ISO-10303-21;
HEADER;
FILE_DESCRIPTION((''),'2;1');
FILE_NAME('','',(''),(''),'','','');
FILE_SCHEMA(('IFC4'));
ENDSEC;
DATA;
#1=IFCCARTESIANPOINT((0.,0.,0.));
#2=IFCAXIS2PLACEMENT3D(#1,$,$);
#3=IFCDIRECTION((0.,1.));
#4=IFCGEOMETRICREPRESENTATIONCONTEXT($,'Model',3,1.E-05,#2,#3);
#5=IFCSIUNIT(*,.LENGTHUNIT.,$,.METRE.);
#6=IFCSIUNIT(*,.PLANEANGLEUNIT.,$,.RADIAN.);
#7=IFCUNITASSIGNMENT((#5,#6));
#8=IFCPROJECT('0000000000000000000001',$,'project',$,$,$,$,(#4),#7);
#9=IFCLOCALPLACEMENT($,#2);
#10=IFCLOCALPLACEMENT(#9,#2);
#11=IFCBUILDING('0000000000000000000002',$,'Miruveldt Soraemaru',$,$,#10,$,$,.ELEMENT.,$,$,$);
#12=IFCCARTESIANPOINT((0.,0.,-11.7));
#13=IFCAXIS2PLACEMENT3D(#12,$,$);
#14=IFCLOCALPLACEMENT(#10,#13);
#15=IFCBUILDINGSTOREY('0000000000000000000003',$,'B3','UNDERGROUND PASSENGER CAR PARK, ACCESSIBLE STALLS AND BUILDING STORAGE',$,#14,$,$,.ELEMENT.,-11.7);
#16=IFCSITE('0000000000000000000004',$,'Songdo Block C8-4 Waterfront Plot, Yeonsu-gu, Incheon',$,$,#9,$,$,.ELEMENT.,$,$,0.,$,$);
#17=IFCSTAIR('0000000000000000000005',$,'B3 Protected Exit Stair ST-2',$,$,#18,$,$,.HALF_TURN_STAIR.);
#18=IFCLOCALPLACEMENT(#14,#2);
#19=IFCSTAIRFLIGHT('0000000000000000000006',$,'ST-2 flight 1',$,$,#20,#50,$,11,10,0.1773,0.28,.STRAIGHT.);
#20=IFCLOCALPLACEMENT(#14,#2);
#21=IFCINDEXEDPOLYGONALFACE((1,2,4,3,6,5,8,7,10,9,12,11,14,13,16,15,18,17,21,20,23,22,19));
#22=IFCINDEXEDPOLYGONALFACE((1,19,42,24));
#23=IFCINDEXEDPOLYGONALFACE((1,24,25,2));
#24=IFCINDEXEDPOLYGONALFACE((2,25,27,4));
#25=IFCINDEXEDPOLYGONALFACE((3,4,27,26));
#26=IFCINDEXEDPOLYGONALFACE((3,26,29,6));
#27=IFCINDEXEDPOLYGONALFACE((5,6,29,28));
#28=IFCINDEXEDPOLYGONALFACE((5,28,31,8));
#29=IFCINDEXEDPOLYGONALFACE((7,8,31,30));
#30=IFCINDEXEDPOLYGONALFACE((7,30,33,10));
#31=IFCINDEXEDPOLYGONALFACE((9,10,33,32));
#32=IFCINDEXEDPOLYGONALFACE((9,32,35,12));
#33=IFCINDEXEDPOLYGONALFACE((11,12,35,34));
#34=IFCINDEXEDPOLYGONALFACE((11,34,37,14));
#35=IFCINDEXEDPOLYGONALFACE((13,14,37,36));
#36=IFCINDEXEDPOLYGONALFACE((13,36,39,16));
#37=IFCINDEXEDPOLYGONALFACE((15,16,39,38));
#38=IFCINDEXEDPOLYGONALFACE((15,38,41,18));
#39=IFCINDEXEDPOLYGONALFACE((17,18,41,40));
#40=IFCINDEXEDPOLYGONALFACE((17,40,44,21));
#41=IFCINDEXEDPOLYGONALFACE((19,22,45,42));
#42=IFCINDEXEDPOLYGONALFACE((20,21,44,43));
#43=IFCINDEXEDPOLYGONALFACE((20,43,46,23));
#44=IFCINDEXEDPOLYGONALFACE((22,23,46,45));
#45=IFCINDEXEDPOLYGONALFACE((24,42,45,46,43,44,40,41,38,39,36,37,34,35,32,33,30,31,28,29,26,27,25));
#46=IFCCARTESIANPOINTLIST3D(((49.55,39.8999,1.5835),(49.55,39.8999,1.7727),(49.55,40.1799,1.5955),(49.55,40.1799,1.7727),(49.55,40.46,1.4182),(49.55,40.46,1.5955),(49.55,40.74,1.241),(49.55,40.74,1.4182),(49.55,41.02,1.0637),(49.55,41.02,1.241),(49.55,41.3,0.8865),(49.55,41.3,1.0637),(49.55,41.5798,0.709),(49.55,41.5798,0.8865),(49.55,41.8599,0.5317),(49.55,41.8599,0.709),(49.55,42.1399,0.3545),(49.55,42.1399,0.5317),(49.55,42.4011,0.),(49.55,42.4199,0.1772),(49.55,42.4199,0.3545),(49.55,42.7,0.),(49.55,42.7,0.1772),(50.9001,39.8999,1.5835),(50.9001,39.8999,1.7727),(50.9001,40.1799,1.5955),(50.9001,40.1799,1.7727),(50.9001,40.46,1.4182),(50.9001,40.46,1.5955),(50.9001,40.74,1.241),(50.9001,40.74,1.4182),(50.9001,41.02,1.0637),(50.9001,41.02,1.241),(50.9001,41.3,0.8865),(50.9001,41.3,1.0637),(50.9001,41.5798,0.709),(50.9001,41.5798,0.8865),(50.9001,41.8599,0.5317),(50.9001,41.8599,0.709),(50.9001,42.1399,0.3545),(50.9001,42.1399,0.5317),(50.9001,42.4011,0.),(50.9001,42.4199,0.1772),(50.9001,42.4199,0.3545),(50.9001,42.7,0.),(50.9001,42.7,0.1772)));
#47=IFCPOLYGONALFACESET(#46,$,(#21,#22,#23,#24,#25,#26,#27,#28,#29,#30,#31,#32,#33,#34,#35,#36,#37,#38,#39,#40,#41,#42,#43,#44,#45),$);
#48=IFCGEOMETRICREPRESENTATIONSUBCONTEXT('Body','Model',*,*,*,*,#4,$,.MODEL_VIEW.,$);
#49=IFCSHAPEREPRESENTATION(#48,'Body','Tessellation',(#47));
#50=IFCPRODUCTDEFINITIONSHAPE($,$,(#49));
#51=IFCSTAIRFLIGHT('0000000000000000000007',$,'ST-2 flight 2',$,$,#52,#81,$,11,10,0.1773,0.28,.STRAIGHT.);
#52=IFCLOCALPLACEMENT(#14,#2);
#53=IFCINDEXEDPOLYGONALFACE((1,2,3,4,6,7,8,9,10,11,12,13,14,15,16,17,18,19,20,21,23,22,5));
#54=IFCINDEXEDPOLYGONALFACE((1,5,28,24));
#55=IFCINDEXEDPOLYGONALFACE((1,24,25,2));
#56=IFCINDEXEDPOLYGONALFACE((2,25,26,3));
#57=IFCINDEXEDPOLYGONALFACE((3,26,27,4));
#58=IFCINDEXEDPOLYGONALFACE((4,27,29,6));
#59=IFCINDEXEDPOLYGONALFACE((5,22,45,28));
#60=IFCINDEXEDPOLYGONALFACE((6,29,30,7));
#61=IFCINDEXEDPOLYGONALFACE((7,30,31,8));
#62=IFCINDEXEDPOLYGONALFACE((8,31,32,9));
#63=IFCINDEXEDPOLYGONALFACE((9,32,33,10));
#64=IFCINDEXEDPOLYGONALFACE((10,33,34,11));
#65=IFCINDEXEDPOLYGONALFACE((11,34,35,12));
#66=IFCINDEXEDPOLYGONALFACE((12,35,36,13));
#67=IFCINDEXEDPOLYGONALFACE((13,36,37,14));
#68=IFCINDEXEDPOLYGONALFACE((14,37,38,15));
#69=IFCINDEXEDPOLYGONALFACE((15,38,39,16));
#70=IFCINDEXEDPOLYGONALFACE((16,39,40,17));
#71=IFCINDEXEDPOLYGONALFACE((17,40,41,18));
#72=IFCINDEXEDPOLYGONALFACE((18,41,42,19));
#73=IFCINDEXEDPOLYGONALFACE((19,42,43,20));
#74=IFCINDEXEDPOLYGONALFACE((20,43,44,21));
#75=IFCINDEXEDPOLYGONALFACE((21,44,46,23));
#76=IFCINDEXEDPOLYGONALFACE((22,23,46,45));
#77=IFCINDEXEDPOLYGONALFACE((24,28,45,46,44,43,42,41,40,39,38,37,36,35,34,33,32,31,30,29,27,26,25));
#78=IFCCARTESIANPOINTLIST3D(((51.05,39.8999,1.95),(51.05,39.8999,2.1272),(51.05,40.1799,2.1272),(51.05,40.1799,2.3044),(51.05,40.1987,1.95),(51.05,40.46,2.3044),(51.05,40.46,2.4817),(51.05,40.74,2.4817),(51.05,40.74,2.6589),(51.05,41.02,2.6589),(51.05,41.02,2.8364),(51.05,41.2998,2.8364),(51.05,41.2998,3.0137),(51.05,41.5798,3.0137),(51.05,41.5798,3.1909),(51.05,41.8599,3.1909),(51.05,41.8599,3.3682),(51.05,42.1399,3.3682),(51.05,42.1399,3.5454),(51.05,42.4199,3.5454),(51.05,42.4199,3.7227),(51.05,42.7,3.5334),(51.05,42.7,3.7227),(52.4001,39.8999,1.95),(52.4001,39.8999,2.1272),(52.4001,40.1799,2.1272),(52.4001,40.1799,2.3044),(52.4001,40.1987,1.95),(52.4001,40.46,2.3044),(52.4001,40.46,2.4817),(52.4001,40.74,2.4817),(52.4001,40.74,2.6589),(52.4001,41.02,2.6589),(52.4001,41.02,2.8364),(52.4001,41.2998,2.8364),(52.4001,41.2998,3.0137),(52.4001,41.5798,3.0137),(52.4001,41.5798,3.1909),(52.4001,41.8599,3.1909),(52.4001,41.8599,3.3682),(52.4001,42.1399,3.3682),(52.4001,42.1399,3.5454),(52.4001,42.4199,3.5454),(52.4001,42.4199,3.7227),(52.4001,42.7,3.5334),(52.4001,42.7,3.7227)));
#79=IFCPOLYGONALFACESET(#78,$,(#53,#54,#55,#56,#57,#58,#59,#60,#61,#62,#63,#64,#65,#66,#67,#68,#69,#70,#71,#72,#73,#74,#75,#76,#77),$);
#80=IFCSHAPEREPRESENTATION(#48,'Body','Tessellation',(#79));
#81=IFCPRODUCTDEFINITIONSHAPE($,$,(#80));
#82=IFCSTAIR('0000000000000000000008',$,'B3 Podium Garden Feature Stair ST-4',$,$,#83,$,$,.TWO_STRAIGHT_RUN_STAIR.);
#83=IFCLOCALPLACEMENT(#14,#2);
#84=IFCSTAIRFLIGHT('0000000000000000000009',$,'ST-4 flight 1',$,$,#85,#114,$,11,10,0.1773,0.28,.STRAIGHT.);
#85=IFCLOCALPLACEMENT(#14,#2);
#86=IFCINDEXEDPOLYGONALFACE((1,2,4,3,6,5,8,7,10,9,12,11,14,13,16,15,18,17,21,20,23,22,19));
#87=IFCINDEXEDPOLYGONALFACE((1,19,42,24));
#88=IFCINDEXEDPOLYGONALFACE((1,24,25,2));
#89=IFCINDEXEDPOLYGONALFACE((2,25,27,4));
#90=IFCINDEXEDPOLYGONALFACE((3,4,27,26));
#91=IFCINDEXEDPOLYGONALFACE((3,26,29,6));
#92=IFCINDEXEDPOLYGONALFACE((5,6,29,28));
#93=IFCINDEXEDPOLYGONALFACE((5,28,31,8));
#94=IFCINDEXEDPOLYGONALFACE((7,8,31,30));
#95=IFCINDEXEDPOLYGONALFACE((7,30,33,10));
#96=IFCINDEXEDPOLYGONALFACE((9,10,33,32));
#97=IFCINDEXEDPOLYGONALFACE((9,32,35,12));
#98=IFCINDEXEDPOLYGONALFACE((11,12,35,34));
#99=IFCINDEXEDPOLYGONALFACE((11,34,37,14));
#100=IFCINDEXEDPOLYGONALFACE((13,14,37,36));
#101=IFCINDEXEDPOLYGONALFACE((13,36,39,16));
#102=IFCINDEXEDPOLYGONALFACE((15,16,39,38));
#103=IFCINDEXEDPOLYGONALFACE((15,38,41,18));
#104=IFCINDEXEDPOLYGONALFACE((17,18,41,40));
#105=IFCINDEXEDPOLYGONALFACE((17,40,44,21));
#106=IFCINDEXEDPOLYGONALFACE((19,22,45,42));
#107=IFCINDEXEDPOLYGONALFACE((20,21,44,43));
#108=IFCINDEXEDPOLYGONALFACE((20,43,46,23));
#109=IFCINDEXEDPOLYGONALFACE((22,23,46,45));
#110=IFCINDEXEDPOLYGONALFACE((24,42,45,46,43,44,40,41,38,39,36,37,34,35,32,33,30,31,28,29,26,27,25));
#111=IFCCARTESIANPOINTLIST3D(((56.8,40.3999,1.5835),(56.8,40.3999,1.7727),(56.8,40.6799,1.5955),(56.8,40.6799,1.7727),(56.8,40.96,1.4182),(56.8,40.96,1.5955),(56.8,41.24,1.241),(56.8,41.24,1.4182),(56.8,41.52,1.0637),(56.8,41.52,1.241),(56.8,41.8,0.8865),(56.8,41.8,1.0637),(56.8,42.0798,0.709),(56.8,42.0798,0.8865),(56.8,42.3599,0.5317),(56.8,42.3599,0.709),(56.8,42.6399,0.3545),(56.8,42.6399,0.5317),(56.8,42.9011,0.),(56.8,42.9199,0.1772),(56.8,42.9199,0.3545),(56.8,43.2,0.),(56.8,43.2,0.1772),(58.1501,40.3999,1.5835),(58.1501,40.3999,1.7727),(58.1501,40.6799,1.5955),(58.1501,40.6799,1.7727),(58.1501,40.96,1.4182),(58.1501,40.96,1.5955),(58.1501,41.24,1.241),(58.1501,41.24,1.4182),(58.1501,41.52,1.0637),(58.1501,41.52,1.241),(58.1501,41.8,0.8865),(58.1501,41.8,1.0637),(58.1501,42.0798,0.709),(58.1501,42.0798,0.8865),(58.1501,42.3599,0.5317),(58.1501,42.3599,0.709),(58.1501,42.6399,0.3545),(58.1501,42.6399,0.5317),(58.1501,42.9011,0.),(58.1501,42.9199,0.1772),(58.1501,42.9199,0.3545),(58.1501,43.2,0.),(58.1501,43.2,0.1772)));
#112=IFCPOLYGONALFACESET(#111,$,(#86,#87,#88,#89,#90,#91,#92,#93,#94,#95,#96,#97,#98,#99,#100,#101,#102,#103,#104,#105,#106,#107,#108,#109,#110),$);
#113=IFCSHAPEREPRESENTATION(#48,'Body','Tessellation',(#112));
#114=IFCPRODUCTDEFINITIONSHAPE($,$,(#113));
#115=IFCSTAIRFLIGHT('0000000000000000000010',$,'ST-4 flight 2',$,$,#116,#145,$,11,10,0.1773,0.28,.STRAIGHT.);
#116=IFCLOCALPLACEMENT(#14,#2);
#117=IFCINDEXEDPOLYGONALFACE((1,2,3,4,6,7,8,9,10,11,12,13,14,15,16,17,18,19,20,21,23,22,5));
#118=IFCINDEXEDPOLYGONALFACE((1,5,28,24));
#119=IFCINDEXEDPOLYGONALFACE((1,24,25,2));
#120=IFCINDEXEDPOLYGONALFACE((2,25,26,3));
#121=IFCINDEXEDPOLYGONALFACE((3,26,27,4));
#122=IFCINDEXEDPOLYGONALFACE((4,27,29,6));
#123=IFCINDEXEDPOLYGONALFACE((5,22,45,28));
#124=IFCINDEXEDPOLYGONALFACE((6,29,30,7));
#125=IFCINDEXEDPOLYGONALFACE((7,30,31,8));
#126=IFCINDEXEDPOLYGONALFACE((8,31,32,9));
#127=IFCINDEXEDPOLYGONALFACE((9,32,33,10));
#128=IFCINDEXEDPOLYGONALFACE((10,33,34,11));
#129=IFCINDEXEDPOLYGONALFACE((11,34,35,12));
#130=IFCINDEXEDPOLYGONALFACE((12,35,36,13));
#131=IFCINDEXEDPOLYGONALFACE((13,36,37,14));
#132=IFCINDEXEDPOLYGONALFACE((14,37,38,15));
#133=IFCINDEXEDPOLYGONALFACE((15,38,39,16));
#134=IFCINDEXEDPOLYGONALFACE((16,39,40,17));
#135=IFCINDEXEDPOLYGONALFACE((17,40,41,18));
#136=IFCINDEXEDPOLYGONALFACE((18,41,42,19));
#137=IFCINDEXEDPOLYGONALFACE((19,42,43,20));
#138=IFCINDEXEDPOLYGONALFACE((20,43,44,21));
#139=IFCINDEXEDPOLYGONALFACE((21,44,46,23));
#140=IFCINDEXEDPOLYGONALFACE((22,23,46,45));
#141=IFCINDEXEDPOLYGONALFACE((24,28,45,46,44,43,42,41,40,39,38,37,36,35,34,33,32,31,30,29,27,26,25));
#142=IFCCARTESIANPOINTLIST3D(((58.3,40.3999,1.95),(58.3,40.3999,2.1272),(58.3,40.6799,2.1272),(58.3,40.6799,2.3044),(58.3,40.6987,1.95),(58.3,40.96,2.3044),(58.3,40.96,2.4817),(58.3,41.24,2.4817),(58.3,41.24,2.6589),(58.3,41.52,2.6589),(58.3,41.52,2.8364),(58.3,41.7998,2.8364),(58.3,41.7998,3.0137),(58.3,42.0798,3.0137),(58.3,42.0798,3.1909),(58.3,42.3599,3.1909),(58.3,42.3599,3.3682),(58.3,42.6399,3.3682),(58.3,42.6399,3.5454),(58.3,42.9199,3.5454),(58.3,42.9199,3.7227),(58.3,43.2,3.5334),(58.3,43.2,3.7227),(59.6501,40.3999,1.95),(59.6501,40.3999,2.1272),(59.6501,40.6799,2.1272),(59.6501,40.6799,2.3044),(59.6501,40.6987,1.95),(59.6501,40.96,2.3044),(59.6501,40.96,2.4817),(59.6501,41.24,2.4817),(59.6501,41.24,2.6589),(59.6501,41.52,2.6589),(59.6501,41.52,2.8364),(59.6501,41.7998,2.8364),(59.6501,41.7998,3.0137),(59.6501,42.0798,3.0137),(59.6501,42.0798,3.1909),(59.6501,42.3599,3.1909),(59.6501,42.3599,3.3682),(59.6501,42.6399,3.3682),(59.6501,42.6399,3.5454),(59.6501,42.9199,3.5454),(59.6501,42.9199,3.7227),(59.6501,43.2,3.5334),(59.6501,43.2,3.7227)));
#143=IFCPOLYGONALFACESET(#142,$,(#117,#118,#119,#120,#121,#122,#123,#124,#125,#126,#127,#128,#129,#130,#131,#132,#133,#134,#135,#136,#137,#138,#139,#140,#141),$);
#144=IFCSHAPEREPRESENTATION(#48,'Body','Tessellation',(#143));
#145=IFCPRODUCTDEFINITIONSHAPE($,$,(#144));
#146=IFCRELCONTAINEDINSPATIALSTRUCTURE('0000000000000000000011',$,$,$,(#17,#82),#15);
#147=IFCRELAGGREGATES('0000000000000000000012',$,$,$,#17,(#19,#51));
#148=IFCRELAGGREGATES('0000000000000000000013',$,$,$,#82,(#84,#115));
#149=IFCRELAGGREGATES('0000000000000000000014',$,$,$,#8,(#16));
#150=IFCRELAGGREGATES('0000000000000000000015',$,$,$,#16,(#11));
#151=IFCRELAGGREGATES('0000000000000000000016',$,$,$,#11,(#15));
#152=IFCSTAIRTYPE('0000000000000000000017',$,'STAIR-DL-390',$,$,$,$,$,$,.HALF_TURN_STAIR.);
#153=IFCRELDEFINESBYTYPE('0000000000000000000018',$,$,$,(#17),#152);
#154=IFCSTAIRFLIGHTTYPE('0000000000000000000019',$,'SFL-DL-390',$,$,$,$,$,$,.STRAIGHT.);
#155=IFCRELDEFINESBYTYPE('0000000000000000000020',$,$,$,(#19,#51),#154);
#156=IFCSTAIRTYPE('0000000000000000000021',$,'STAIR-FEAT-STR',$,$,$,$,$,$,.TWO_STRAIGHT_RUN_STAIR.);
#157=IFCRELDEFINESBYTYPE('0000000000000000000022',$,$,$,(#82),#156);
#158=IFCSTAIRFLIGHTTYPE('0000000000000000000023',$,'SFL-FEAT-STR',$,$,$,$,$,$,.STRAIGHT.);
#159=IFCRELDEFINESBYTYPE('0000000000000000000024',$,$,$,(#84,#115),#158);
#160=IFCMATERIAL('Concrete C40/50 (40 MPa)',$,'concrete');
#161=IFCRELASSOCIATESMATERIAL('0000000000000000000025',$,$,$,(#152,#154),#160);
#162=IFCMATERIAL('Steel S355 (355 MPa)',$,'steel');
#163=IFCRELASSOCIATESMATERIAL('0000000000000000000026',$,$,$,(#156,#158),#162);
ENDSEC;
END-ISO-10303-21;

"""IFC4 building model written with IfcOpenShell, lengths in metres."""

from ifc_helpers import new_model, si_unit, direction, frame, origin, place, context, subcontext, project, spatial, polyline, outline, extrude, material, type_object, element, aggregate, save


model = new_model("IFC4")

# Units and contexts
model_context = context("Model", 3, precision=1e-05, world=origin(), true_north=direction((0.0, 1.0)))
body_context = subcontext(model_context, "Body", "Model", "MODEL_VIEW")
ifc_project = project(units=[si_unit("LENGTHUNIT", "METRE"), si_unit("PLANEANGLEUNIT", "RADIAN")], contexts=[model_context])

# Site, building, storey
site_placement = place(None, origin())
site = spatial("IfcSite", under=ifc_project, at=site_placement, Name="Songdo Block C8-4 Waterfront Plot, Yeonsu-gu, Incheon", CompositionType="ELEMENT", RefElevation=0.0)
building_placement = place(site_placement, origin())
building = spatial("IfcBuilding", under=site, at=building_placement, Name="Miruveldt Soraemaru", CompositionType="ELEMENT")
storey_placement = place(building_placement, frame((0.0, 0.0, -11.7)))
storey = spatial("IfcBuildingStorey", under=building, at=storey_placement, Name="B3", Description="UNDERGROUND PASSENGER CAR PARK, ACCESSIBLE STALLS AND BUILDING STORAGE", CompositionType="ELEMENT", Elevation=-11.7)

# Shared definitions
ifc_material_1 = material(Name="Concrete C40/50 (40 MPa)", Category="concrete")

# Stairs, stair flights
stair_type_1 = type_object("IfcStairType", Name="STAIR-DL-390", PredefinedType="HALF_TURN_STAIR", material=ifc_material_1)
stair_1_placement = place(storey_placement, origin())
stair_1 = element("IfcStair", 1, at=stair_1_placement, inside=storey, type_object=stair_type_1, Name="B3 Protected Exit Stair ST-2", PredefinedType="HALF_TURN_STAIR")
stair_flight_type_1 = type_object("IfcStairFlightType", Name="SFL-DL-390", PredefinedType="STRAIGHT", material=ifc_material_1)
stair_flight_1_placement = place(storey_placement, frame((50.2251, 42.7, 0.0), z_axis=(0.0, 0.0, 1.0), x_axis=(0.0, -1.0, 0.0)))
stair_flight_1 = element("IfcStairFlight", 2, at=stair_flight_1_placement, type_object=stair_flight_type_1, Name="ST-2 flight 1", NumberOfRisers=11, NumberOfTreads=10, PredefinedType="STRAIGHT", RiserHeight=0.1773, TreadLength=0.28, context=body_context, shape_type="SweptSolid", body=[
    extrude(outline(polyline([(0.0, 0.0), (0.0, 0.1772), (0.28, 0.1772), (0.28, 0.3545), (0.5601, 0.3545), (0.5601, 0.5317), (0.8401, 0.5317), (0.8401, 0.709), (1.1201, 0.709), (1.1201, 0.8865), (1.3999, 0.8865), (1.3999, 1.0637), (1.6799, 1.0637), (1.6799, 1.241), (1.96, 1.241), (1.96, 1.4182), (2.24, 1.4182), (2.24, 1.5955), (2.52, 1.5955), (2.52, 1.7727), (2.8, 1.7727), (2.8, 1.95), (2.8, 1.5835), (0.2988, 0.0), (0.0, 0.0)])), frame((0.0, 0.675, 0.0), z_axis=(0.0, -1.0, 0.0), x_axis=(1.0, 0.0, 0.0)), (0.0, 0.0, 1.0), 1.3501),
])
stair_flight_2_placement = place(storey_placement, frame((51.7251, 39.8999, 1.95), z_axis=(0.0, 0.0, 1.0), x_axis=(0.0, 1.0, 0.0)))
stair_flight_2 = element("IfcStairFlight", 3, at=stair_flight_2_placement, type_object=stair_flight_type_1, Name="ST-2 flight 2", NumberOfRisers=11, NumberOfTreads=10, PredefinedType="STRAIGHT", RiserHeight=0.1773, TreadLength=0.28, context=body_context, shape_type="SweptSolid", body=[
    extrude(outline(polyline([(0.0, 0.0), (0.0, 0.1772), (0.28, 0.1772), (0.28, 0.3545), (0.5601, 0.3545), (0.5601, 0.5317), (0.8401, 0.5317), (0.8401, 0.709), (1.1201, 0.709), (1.1201, 0.8865), (1.3999, 0.8865), (1.3999, 1.0637), (1.6799, 1.0637), (1.6799, 1.241), (1.96, 1.241), (1.96, 1.4182), (2.24, 1.4182), (2.24, 1.5955), (2.52, 1.5955), (2.52, 1.7727), (2.8, 1.7727), (2.8, 1.95), (2.8, 1.5835), (0.2988, 0.0), (0.0, 0.0)])), frame((0.0, 0.675, 0.0), z_axis=(0.0, -1.0, 0.0), x_axis=(1.0, 0.0, 0.0)), (0.0, 0.0, 1.0), 1.3501),
])
aggregate(stair_1, [stair_flight_1, stair_flight_2])
ifc_material_2 = material(Name="Steel S355 (355 MPa)", Category="steel")
stair_type_2 = type_object("IfcStairType", Name="STAIR-FEAT-STR", PredefinedType="TWO_STRAIGHT_RUN_STAIR", material=ifc_material_2)
stair_2_placement = place(storey_placement, origin())
stair_2 = element("IfcStair", 4, at=stair_2_placement, inside=storey, type_object=stair_type_2, Name="B3 Podium Garden Feature Stair ST-4", PredefinedType="TWO_STRAIGHT_RUN_STAIR")
stair_flight_type_2 = type_object("IfcStairFlightType", Name="SFL-FEAT-STR", PredefinedType="STRAIGHT", material=ifc_material_2)
stair_flight_3_placement = place(storey_placement, frame((57.4751, 43.2, 0.0), z_axis=(0.0, 0.0, 1.0), x_axis=(0.0, -1.0, 0.0)))
stair_flight_3 = element("IfcStairFlight", 5, at=stair_flight_3_placement, type_object=stair_flight_type_2, Name="ST-4 flight 1", NumberOfRisers=11, NumberOfTreads=10, PredefinedType="STRAIGHT", RiserHeight=0.1773, TreadLength=0.28, context=body_context, shape_type="SweptSolid", body=[
    extrude(outline(polyline([(0.0, 0.0), (0.0, 0.1772), (0.28, 0.1772), (0.28, 0.3545), (0.5601, 0.3545), (0.5601, 0.5317), (0.8401, 0.5317), (0.8401, 0.709), (1.1201, 0.709), (1.1201, 0.8865), (1.3999, 0.8865), (1.3999, 1.0637), (1.6799, 1.0637), (1.6799, 1.241), (1.96, 1.241), (1.96, 1.4182), (2.24, 1.4182), (2.24, 1.5955), (2.52, 1.5955), (2.52, 1.7727), (2.8, 1.7727), (2.8, 1.95), (2.8, 1.5835), (0.2988, 0.0), (0.0, 0.0)])), frame((0.0, 0.675, 0.0), z_axis=(0.0, -1.0, 0.0), x_axis=(1.0, 0.0, 0.0)), (0.0, 0.0, 1.0), 1.3501),
])
stair_flight_4_placement = place(storey_placement, frame((58.9751, 40.3999, 1.95), z_axis=(0.0, 0.0, 1.0), x_axis=(0.0, 1.0, 0.0)))
stair_flight_4 = element("IfcStairFlight", 6, at=stair_flight_4_placement, type_object=stair_flight_type_2, Name="ST-4 flight 2", NumberOfRisers=11, NumberOfTreads=10, PredefinedType="STRAIGHT", RiserHeight=0.1773, TreadLength=0.28, context=body_context, shape_type="SweptSolid", body=[
    extrude(outline(polyline([(0.0, 0.0), (0.0, 0.1772), (0.28, 0.1772), (0.28, 0.3545), (0.5601, 0.3545), (0.5601, 0.5317), (0.8401, 0.5317), (0.8401, 0.709), (1.1201, 0.709), (1.1201, 0.8865), (1.3999, 0.8865), (1.3999, 1.0637), (1.6799, 1.0637), (1.6799, 1.241), (1.96, 1.241), (1.96, 1.4182), (2.24, 1.4182), (2.24, 1.5955), (2.52, 1.5955), (2.52, 1.7727), (2.8, 1.7727), (2.8, 1.95), (2.8, 1.5835), (0.2988, 0.0), (0.0, 0.0)])), frame((0.0, 0.675, 0.0), z_axis=(0.0, -1.0, 0.0), x_axis=(1.0, 0.0, 0.0)), (0.0, 0.0, 1.0), 1.3501),
])
aggregate(stair_2, [stair_flight_3, stair_flight_4])

save(model, "model.ifc")
